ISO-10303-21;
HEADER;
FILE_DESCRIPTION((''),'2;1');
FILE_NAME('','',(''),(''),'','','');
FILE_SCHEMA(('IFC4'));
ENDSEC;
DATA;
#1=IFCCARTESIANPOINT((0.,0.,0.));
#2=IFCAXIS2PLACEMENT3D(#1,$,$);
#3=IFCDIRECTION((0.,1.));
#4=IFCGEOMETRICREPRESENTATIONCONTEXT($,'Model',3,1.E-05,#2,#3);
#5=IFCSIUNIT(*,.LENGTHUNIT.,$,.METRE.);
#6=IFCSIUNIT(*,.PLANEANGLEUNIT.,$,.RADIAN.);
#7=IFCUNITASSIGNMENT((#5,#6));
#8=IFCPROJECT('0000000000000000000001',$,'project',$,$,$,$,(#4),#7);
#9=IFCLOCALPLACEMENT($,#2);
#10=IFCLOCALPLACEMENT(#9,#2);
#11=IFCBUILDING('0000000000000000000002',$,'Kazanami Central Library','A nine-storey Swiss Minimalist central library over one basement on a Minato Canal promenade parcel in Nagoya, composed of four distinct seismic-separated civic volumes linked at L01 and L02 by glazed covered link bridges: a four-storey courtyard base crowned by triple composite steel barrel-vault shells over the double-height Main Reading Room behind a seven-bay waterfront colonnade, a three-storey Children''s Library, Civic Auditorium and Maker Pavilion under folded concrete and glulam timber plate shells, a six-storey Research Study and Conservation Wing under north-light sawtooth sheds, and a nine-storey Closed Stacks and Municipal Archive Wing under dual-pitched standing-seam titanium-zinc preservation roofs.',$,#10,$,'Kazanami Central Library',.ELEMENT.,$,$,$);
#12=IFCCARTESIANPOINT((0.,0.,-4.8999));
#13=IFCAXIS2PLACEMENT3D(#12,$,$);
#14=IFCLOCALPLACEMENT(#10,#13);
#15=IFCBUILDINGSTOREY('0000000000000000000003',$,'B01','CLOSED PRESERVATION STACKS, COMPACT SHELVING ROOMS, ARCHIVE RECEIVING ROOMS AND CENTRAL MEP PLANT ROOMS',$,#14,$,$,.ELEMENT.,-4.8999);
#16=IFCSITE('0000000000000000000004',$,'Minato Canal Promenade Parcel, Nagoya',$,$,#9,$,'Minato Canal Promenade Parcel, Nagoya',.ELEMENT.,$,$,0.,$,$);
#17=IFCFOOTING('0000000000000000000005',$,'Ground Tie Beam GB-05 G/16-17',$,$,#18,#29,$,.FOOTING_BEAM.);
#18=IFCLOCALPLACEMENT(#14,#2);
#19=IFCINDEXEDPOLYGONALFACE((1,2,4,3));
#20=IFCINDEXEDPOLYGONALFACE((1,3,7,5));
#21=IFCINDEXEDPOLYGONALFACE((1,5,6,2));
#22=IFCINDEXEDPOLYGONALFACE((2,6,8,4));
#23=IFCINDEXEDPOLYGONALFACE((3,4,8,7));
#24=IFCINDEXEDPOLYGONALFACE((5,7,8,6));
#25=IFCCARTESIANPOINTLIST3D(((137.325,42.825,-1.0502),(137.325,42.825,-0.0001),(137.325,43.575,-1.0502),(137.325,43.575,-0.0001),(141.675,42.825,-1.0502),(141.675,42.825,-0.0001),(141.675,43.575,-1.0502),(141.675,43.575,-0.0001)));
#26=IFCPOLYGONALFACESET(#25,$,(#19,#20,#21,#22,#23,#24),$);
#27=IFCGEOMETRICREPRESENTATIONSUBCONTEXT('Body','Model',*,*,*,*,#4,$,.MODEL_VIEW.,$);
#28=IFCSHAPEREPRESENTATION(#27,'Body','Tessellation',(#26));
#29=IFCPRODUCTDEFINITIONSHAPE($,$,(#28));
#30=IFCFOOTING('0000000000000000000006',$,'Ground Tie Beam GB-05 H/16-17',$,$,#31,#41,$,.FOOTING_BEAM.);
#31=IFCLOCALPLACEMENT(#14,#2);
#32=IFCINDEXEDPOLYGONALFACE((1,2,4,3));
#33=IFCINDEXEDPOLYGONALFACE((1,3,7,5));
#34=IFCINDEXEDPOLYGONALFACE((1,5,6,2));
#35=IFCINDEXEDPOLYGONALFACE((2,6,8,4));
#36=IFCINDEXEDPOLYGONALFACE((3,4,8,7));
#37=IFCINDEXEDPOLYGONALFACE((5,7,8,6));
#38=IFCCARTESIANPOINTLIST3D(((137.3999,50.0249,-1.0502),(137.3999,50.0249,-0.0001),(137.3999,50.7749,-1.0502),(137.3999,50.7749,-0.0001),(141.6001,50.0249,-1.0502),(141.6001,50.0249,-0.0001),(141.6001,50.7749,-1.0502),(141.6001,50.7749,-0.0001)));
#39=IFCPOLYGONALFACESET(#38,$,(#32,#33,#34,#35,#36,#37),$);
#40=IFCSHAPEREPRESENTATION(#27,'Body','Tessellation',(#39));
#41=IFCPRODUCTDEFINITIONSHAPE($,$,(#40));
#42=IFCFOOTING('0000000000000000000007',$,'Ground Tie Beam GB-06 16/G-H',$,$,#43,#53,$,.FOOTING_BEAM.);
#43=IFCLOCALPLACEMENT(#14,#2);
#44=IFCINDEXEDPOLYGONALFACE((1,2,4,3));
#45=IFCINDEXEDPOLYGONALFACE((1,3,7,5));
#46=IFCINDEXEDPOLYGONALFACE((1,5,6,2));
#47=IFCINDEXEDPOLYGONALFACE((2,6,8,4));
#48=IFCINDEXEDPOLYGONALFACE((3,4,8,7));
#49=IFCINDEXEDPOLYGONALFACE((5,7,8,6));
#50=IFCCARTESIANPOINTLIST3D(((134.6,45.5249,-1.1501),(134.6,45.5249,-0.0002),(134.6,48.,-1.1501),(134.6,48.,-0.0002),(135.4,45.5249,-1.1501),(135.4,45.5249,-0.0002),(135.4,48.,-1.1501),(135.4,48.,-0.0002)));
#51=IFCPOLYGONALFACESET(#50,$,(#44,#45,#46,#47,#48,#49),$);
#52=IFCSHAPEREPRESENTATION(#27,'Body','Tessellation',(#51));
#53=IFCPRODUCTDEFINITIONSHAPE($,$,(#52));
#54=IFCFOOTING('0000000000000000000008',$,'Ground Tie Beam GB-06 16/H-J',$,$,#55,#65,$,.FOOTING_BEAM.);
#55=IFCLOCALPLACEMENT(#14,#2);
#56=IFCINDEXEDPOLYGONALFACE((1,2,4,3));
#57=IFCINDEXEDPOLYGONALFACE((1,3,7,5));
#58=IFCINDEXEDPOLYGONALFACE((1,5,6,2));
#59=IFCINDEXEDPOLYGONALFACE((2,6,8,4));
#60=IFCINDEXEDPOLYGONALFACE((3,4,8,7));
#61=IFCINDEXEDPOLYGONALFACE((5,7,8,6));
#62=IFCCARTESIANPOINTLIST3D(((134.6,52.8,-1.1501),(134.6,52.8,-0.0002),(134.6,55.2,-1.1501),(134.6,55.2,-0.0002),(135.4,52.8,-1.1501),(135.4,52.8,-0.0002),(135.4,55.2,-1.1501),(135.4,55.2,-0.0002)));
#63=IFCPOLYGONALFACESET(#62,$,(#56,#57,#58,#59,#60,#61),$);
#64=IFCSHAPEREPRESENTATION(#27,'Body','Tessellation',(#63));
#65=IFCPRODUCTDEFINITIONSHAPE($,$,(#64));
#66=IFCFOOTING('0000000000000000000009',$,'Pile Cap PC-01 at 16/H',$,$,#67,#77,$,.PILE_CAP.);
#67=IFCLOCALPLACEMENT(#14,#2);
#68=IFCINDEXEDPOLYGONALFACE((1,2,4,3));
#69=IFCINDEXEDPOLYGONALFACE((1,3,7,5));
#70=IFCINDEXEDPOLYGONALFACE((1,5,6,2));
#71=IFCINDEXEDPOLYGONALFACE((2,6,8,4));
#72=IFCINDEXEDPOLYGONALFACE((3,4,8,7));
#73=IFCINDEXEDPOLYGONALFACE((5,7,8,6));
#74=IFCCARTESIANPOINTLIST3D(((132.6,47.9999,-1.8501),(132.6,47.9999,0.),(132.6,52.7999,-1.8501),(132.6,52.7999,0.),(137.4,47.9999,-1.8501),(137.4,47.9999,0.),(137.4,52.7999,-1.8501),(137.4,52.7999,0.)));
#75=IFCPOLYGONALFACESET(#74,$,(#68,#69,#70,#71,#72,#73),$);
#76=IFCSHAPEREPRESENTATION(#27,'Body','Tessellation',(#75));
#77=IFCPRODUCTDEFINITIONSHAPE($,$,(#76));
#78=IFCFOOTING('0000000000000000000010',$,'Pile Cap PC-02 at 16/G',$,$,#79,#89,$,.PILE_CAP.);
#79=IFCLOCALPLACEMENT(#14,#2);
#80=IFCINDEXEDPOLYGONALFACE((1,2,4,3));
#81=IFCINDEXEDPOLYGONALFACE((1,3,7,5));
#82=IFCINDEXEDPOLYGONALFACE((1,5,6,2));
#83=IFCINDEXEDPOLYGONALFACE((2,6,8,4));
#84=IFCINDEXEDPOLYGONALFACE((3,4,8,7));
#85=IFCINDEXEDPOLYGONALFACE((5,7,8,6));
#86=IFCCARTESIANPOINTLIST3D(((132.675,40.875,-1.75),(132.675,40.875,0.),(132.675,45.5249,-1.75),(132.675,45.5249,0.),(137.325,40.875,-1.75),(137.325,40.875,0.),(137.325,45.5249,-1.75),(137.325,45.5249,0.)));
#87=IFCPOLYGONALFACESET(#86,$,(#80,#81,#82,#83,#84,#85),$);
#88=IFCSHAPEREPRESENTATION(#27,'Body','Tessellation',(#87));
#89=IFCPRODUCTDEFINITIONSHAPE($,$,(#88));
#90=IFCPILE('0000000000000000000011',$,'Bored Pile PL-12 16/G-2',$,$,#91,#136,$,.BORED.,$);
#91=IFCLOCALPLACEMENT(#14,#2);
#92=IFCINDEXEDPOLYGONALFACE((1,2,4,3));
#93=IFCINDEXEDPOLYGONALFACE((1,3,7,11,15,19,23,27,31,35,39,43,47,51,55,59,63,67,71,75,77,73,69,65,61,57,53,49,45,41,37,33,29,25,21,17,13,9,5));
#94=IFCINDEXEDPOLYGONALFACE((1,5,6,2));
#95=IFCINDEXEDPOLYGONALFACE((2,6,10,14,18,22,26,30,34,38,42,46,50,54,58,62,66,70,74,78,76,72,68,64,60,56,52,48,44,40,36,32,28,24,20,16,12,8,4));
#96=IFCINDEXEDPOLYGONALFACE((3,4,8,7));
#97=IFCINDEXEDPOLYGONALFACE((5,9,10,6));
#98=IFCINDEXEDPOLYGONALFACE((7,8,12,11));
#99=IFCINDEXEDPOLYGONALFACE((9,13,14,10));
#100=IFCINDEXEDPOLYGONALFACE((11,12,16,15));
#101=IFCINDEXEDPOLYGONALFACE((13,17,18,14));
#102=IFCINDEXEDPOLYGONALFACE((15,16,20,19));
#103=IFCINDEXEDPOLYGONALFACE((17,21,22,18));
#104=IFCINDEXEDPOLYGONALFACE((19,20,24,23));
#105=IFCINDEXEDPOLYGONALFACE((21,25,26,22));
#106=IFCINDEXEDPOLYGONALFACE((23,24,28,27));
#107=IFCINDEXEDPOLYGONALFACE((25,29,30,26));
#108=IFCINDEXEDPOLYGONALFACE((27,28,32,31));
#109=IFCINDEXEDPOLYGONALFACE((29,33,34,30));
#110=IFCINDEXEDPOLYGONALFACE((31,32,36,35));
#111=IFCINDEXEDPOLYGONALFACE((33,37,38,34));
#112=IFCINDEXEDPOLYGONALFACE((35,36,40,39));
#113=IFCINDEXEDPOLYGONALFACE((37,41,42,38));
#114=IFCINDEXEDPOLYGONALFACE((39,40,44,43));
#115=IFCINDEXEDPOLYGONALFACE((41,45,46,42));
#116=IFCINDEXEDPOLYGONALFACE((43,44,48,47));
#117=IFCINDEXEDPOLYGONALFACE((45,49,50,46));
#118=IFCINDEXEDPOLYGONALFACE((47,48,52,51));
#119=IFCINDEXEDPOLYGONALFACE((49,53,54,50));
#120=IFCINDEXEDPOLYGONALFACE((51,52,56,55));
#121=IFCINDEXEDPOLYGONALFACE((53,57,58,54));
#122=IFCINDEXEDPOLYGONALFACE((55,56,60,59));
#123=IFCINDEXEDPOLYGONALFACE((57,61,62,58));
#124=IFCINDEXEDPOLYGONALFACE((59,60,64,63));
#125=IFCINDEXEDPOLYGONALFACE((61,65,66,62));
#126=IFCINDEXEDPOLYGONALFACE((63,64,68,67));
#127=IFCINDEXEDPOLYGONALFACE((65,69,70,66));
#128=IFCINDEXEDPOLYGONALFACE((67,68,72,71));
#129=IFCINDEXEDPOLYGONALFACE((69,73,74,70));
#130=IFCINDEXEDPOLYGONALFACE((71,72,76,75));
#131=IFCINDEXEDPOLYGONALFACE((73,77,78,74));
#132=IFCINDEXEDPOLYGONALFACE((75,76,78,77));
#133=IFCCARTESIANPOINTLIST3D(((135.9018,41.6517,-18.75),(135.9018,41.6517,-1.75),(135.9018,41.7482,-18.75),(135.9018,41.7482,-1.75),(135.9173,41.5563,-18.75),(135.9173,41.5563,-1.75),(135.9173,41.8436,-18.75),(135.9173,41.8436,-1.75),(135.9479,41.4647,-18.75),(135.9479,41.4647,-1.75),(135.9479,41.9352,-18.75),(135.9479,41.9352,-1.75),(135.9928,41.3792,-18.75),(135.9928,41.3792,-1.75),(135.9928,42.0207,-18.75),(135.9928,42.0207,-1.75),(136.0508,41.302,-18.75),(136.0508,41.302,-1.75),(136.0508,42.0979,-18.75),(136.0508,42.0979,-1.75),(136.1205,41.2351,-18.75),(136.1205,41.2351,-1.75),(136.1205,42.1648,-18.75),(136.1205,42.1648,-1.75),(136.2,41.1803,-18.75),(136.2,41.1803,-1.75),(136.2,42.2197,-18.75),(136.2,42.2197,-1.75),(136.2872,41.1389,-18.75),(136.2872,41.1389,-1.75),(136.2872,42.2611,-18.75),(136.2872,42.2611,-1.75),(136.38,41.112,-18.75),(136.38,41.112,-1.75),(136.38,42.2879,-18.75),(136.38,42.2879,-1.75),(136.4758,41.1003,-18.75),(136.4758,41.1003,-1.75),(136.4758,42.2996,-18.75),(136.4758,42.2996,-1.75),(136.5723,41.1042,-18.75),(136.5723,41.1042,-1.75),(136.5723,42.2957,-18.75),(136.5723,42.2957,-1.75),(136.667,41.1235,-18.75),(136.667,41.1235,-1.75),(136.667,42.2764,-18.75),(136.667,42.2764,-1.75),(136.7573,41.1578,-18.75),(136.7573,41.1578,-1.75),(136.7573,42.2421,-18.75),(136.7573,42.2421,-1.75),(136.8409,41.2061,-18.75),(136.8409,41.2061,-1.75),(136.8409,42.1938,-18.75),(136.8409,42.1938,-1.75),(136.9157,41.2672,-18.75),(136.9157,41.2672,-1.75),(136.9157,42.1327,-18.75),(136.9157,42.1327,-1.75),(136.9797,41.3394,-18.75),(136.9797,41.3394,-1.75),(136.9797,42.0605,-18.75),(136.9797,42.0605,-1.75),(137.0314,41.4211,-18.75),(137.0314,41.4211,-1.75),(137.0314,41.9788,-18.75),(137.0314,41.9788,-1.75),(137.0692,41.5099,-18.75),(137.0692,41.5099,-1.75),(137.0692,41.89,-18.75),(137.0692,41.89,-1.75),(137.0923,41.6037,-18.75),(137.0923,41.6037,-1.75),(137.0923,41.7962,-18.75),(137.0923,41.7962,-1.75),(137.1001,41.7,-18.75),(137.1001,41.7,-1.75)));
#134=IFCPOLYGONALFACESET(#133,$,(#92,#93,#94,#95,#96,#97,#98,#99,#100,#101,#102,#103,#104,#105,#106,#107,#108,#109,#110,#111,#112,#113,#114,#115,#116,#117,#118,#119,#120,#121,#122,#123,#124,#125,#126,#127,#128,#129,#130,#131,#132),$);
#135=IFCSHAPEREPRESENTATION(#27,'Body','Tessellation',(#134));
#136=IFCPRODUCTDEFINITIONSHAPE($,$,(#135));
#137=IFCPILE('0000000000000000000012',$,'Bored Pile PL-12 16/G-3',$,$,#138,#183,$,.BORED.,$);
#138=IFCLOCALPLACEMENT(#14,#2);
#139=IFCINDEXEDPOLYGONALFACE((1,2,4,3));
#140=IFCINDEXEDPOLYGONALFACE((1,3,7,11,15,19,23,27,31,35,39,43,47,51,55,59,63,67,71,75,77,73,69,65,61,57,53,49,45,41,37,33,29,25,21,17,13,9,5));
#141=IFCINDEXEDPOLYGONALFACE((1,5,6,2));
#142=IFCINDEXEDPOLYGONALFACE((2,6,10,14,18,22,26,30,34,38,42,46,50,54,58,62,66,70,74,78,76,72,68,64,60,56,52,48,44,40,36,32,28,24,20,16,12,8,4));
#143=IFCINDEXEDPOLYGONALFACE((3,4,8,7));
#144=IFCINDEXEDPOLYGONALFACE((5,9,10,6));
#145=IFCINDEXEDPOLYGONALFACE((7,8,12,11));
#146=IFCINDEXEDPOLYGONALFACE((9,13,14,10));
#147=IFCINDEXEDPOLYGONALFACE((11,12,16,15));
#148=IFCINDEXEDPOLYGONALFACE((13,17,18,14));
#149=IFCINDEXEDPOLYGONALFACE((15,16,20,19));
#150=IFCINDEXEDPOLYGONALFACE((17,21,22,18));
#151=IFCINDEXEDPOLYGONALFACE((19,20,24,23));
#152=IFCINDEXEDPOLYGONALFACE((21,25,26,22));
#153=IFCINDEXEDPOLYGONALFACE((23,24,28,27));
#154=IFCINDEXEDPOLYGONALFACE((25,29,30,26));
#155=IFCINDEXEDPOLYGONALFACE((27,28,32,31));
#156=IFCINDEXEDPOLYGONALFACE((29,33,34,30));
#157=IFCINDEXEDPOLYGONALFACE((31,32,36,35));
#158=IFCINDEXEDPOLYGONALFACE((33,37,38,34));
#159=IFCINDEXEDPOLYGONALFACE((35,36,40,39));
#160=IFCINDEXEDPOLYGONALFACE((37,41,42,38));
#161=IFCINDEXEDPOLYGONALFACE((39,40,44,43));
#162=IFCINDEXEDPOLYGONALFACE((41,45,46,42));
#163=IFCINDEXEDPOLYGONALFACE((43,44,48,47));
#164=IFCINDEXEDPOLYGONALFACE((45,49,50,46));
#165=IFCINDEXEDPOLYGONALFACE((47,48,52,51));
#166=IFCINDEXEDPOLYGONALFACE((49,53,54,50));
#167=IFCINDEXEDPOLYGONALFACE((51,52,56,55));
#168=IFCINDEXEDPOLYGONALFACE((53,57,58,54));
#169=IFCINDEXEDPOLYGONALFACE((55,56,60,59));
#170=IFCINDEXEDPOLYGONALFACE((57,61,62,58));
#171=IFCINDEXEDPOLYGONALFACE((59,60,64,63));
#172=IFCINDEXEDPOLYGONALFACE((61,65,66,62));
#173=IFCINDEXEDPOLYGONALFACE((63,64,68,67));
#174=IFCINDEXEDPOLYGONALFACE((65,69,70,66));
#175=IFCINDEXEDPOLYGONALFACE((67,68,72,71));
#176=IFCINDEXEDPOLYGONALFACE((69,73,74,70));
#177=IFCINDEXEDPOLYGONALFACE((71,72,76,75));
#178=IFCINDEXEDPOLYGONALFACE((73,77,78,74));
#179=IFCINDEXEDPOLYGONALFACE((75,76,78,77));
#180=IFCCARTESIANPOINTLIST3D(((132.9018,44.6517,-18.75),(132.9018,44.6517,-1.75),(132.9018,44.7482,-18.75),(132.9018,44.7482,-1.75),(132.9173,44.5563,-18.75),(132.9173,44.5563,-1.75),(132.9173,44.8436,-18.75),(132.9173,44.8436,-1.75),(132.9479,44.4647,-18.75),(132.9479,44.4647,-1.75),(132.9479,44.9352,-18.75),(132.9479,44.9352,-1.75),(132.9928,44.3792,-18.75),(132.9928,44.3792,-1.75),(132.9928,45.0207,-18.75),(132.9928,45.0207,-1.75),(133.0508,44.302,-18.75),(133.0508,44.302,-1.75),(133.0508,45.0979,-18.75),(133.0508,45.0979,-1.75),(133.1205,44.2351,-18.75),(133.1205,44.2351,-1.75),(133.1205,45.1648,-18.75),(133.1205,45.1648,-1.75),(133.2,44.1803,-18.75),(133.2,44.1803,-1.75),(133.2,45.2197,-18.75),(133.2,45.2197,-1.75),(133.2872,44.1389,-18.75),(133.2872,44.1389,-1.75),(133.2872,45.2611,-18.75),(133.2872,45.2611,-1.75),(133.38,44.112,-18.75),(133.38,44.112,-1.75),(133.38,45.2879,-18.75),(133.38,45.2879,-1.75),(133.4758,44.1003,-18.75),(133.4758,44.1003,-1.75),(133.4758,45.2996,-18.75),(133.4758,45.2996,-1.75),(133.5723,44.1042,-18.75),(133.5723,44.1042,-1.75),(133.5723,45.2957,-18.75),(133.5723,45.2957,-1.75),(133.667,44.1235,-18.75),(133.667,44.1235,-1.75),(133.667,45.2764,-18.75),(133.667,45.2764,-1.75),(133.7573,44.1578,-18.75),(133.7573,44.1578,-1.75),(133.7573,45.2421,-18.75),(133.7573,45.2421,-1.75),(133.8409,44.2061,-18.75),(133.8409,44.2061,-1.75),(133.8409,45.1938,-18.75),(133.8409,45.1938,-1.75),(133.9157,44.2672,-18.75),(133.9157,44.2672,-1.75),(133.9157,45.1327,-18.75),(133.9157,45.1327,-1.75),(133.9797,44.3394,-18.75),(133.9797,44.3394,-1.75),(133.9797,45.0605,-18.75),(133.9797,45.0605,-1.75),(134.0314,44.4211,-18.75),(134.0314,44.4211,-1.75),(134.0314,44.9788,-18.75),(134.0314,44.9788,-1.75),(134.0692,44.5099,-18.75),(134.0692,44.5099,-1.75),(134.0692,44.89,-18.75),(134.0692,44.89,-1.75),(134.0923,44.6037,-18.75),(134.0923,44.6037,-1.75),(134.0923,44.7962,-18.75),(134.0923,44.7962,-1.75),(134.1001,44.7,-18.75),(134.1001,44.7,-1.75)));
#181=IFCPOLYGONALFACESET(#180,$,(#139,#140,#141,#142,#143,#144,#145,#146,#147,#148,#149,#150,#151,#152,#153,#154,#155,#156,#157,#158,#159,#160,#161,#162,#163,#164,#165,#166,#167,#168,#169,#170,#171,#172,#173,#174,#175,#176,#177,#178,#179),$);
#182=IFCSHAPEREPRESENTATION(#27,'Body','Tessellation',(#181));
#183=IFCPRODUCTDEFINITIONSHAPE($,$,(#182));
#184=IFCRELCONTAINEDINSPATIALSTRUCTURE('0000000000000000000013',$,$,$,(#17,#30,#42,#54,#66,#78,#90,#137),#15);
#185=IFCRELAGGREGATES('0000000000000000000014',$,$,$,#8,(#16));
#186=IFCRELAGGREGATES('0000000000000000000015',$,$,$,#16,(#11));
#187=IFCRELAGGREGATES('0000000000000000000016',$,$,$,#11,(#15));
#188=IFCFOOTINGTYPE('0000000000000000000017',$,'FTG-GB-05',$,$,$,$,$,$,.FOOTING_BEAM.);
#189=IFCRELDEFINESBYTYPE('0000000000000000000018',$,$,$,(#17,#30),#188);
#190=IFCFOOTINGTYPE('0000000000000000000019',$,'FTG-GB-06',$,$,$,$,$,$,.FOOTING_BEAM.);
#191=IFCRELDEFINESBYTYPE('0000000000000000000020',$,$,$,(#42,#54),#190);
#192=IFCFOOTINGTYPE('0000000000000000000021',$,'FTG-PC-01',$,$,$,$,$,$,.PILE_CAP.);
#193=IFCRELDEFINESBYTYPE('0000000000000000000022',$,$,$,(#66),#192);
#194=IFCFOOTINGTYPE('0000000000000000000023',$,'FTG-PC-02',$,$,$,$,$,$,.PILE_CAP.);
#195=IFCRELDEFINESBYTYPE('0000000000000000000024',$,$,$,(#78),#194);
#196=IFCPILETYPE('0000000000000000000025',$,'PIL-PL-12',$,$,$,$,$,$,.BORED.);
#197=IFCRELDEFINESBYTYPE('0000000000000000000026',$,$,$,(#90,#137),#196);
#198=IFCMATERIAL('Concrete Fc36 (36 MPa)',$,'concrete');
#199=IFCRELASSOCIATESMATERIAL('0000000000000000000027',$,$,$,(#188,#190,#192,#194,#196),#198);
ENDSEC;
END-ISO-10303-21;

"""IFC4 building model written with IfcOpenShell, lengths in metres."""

from ifc_helpers import new_model, si_unit, direction, frame, origin, origin_2d, place, context, subcontext, project, spatial, rectangle, circle, extrude, material, material_profile, profile_set, type_object, element, save


model = new_model("IFC4")

# Units and contexts
model_context = context("Model", 3, precision=1e-05, world=origin(), true_north=direction((0.0, 1.0)))
body_context = subcontext(model_context, "Body", "Model", "MODEL_VIEW")
ifc_project = project(units=[si_unit("LENGTHUNIT", "METRE"), si_unit("PLANEANGLEUNIT", "RADIAN")], contexts=[model_context])

# Site, building, storey
site_placement = place(None, origin())
site = spatial("IfcSite", under=ifc_project, at=site_placement, Name="Minato Canal Promenade Parcel, Nagoya", LongName="Minato Canal Promenade Parcel, Nagoya", CompositionType="ELEMENT", RefElevation=0.0)
building_placement = place(site_placement, origin())
building = spatial("IfcBuilding", under=site, at=building_placement, Name="Kazanami Central Library", Description="A nine-storey Swiss Minimalist central library over one basement on a Minato Canal promenade parcel in Nagoya, composed of four distinct seismic-separated civic volumes linked at L01 and L02 by glazed covered link bridges: a four-storey courtyard base crowned by triple composite steel barrel-vault shells over the double-height Main Reading Room behind a seven-bay waterfront colonnade, a three-storey Children's Library, Civic Auditorium and Maker Pavilion under folded concrete and glulam timber plate shells, a six-storey Research Study and Conservation Wing under north-light sawtooth sheds, and a nine-storey Closed Stacks and Municipal Archive Wing under dual-pitched standing-seam titanium-zinc preservation roofs.", LongName="Kazanami Central Library", CompositionType="ELEMENT")
storey_placement = place(building_placement, frame((0.0, 0.0, -4.8999)))
storey = spatial("IfcBuildingStorey", under=building, at=storey_placement, Name="B01", Description="CLOSED PRESERVATION STACKS, COMPACT SHELVING ROOMS, ARCHIVE RECEIVING ROOMS AND CENTRAL MEP PLANT ROOMS", CompositionType="ELEMENT", Elevation=-4.8999)

# Footings
ifc_material_1 = material(Name="Concrete Fc36 (36 MPa)", Category="concrete")
ifc_material_profile_1 = material_profile(ifc_material_1, rectangle(XDim=0.75, YDim=1.05, at=origin_2d()), Name="RC-750x1050")
ifc_profile_set_1 = profile_set([ifc_material_profile_1], Name="Concrete Fc36 (36 MPa)")
footing_type_1 = type_object("IfcFootingType", Name="FTG-GB-05", PredefinedType="FOOTING_BEAM", material=ifc_profile_set_1)
footing_1_placement = place(storey_placement, frame((137.325, 43.2, -0.5251), z_axis=(1.0, 0.0, 0.0), x_axis=(0.0, 1.0, 0.0)))
element("IfcFooting", 1, at=footing_1_placement, inside=storey, type_object=footing_type_1, Name="Ground Tie Beam GB-05 G/16-17", PredefinedType="FOOTING_BEAM", context=body_context, shape_type="SweptSolid", body=[
    extrude(rectangle(XDim=0.75, YDim=1.05, at=origin_2d()), origin(), (0.0, 0.0, 1.0), 4.3501),
])
footing_2_placement = place(storey_placement, frame((137.3999, 50.3999, -0.5251), z_axis=(1.0, 0.0, 0.0), x_axis=(0.0, 1.0, 0.0)))
element("IfcFooting", 2, at=footing_2_placement, inside=storey, type_object=footing_type_1, Name="Ground Tie Beam GB-05 H/16-17", PredefinedType="FOOTING_BEAM", context=body_context, shape_type="SweptSolid", body=[
    extrude(rectangle(XDim=0.75, YDim=1.05, at=origin_2d()), origin(), (0.0, 0.0, 1.0), 4.2002),
])
ifc_material_profile_2 = material_profile(ifc_material_1, rectangle(XDim=0.8, YDim=1.1499, at=origin_2d()), Name="RC-800x1150")
ifc_profile_set_2 = profile_set([ifc_material_profile_2], Name="Concrete Fc36 (36 MPa)")
footing_type_2 = type_object("IfcFootingType", Name="FTG-GB-06", PredefinedType="FOOTING_BEAM", material=ifc_profile_set_2)
footing_3_placement = place(storey_placement, frame((135.0, 45.5249, -0.5752), z_axis=(0.0, 1.0, 0.0), x_axis=(-1.0, 0.0, 0.0)))
element("IfcFooting", 3, at=footing_3_placement, inside=storey, type_object=footing_type_2, Name="Ground Tie Beam GB-06 16/G-H", PredefinedType="FOOTING_BEAM", context=body_context, shape_type="SweptSolid", body=[
    extrude(rectangle(XDim=0.8, YDim=1.1499, at=origin_2d()), origin(), (0.0, 0.0, 1.0), 2.4751),
])
footing_4_placement = place(storey_placement, frame((135.0, 52.8, -0.5752), z_axis=(0.0, 1.0, 0.0), x_axis=(-1.0, 0.0, 0.0)))
element("IfcFooting", 4, at=footing_4_placement, inside=storey, type_object=footing_type_2, Name="Ground Tie Beam GB-06 16/H-J", PredefinedType="FOOTING_BEAM", context=body_context, shape_type="SweptSolid", body=[
    extrude(rectangle(XDim=0.8, YDim=1.1499, at=origin_2d()), origin(), (0.0, 0.0, 1.0), 2.3999),
])
footing_type_3 = type_object("IfcFootingType", Name="FTG-PC-01", PredefinedType="PILE_CAP", material=ifc_material_1)
footing_5_placement = place(storey_placement, frame((135.0, 50.3999, -1.8501), z_axis=(0.0, 0.0, 1.0), x_axis=(1.0, 0.0, 0.0)))
element("IfcFooting", 5, at=footing_5_placement, inside=storey, type_object=footing_type_3, Name="Pile Cap PC-01 at 16/H", PredefinedType="PILE_CAP", context=body_context, shape_type="SweptSolid", body=[
    extrude(rectangle(XDim=4.8, YDim=4.8, at=origin_2d()), origin(), (0.0, 0.0, 1.0), 1.8501),
])
footing_type_4 = type_object("IfcFootingType", Name="FTG-PC-02", PredefinedType="PILE_CAP", material=ifc_material_1)
footing_6_placement = place(storey_placement, frame((135.0, 43.2, -1.75), z_axis=(0.0, 0.0, 1.0), x_axis=(1.0, 0.0, 0.0)))
element("IfcFooting", 6, at=footing_6_placement, inside=storey, type_object=footing_type_4, Name="Pile Cap PC-02 at 16/G", PredefinedType="PILE_CAP", context=body_context, shape_type="SweptSolid", body=[
    extrude(rectangle(XDim=4.6499, YDim=4.6499, at=origin_2d()), origin(), (0.0, 0.0, 1.0), 1.75),
])

# Piles
ifc_material_profile_3 = material_profile(ifc_material_1, circle(Radius=0.6001, at=origin_2d()), Name="BORED-D1200")
ifc_profile_set_3 = profile_set([ifc_material_profile_3], Name="Concrete Fc36 (36 MPa)")
pile_type = type_object("IfcPileType", Name="PIL-PL-12", PredefinedType="BORED", material=ifc_profile_set_3)
for number, where, z_axis, x_axis, name in (
    (7, (136.5, 41.7, -1.75), (0.0, 0.0, -1.0), (1.0, 0.0, 0.0), "Bored Pile PL-12 16/G-2"),
    (8, (133.5, 44.7, -1.75), (0.0, 0.0, -1.0), (1.0, 0.0, 0.0), "Bored Pile PL-12 16/G-3"),
):
    element("IfcPile", number, at=place(storey_placement, frame(where, z_axis=z_axis, x_axis=x_axis)), inside=storey, type_object=pile_type, Name=name, PredefinedType="BORED", context=body_context, shape_type="SweptSolid", body=[
        extrude(circle(Radius=0.6001, at=origin_2d()), origin(), (0.0, 0.0, 1.0), 17.0),
    ])

save(model, "model.ifc")
